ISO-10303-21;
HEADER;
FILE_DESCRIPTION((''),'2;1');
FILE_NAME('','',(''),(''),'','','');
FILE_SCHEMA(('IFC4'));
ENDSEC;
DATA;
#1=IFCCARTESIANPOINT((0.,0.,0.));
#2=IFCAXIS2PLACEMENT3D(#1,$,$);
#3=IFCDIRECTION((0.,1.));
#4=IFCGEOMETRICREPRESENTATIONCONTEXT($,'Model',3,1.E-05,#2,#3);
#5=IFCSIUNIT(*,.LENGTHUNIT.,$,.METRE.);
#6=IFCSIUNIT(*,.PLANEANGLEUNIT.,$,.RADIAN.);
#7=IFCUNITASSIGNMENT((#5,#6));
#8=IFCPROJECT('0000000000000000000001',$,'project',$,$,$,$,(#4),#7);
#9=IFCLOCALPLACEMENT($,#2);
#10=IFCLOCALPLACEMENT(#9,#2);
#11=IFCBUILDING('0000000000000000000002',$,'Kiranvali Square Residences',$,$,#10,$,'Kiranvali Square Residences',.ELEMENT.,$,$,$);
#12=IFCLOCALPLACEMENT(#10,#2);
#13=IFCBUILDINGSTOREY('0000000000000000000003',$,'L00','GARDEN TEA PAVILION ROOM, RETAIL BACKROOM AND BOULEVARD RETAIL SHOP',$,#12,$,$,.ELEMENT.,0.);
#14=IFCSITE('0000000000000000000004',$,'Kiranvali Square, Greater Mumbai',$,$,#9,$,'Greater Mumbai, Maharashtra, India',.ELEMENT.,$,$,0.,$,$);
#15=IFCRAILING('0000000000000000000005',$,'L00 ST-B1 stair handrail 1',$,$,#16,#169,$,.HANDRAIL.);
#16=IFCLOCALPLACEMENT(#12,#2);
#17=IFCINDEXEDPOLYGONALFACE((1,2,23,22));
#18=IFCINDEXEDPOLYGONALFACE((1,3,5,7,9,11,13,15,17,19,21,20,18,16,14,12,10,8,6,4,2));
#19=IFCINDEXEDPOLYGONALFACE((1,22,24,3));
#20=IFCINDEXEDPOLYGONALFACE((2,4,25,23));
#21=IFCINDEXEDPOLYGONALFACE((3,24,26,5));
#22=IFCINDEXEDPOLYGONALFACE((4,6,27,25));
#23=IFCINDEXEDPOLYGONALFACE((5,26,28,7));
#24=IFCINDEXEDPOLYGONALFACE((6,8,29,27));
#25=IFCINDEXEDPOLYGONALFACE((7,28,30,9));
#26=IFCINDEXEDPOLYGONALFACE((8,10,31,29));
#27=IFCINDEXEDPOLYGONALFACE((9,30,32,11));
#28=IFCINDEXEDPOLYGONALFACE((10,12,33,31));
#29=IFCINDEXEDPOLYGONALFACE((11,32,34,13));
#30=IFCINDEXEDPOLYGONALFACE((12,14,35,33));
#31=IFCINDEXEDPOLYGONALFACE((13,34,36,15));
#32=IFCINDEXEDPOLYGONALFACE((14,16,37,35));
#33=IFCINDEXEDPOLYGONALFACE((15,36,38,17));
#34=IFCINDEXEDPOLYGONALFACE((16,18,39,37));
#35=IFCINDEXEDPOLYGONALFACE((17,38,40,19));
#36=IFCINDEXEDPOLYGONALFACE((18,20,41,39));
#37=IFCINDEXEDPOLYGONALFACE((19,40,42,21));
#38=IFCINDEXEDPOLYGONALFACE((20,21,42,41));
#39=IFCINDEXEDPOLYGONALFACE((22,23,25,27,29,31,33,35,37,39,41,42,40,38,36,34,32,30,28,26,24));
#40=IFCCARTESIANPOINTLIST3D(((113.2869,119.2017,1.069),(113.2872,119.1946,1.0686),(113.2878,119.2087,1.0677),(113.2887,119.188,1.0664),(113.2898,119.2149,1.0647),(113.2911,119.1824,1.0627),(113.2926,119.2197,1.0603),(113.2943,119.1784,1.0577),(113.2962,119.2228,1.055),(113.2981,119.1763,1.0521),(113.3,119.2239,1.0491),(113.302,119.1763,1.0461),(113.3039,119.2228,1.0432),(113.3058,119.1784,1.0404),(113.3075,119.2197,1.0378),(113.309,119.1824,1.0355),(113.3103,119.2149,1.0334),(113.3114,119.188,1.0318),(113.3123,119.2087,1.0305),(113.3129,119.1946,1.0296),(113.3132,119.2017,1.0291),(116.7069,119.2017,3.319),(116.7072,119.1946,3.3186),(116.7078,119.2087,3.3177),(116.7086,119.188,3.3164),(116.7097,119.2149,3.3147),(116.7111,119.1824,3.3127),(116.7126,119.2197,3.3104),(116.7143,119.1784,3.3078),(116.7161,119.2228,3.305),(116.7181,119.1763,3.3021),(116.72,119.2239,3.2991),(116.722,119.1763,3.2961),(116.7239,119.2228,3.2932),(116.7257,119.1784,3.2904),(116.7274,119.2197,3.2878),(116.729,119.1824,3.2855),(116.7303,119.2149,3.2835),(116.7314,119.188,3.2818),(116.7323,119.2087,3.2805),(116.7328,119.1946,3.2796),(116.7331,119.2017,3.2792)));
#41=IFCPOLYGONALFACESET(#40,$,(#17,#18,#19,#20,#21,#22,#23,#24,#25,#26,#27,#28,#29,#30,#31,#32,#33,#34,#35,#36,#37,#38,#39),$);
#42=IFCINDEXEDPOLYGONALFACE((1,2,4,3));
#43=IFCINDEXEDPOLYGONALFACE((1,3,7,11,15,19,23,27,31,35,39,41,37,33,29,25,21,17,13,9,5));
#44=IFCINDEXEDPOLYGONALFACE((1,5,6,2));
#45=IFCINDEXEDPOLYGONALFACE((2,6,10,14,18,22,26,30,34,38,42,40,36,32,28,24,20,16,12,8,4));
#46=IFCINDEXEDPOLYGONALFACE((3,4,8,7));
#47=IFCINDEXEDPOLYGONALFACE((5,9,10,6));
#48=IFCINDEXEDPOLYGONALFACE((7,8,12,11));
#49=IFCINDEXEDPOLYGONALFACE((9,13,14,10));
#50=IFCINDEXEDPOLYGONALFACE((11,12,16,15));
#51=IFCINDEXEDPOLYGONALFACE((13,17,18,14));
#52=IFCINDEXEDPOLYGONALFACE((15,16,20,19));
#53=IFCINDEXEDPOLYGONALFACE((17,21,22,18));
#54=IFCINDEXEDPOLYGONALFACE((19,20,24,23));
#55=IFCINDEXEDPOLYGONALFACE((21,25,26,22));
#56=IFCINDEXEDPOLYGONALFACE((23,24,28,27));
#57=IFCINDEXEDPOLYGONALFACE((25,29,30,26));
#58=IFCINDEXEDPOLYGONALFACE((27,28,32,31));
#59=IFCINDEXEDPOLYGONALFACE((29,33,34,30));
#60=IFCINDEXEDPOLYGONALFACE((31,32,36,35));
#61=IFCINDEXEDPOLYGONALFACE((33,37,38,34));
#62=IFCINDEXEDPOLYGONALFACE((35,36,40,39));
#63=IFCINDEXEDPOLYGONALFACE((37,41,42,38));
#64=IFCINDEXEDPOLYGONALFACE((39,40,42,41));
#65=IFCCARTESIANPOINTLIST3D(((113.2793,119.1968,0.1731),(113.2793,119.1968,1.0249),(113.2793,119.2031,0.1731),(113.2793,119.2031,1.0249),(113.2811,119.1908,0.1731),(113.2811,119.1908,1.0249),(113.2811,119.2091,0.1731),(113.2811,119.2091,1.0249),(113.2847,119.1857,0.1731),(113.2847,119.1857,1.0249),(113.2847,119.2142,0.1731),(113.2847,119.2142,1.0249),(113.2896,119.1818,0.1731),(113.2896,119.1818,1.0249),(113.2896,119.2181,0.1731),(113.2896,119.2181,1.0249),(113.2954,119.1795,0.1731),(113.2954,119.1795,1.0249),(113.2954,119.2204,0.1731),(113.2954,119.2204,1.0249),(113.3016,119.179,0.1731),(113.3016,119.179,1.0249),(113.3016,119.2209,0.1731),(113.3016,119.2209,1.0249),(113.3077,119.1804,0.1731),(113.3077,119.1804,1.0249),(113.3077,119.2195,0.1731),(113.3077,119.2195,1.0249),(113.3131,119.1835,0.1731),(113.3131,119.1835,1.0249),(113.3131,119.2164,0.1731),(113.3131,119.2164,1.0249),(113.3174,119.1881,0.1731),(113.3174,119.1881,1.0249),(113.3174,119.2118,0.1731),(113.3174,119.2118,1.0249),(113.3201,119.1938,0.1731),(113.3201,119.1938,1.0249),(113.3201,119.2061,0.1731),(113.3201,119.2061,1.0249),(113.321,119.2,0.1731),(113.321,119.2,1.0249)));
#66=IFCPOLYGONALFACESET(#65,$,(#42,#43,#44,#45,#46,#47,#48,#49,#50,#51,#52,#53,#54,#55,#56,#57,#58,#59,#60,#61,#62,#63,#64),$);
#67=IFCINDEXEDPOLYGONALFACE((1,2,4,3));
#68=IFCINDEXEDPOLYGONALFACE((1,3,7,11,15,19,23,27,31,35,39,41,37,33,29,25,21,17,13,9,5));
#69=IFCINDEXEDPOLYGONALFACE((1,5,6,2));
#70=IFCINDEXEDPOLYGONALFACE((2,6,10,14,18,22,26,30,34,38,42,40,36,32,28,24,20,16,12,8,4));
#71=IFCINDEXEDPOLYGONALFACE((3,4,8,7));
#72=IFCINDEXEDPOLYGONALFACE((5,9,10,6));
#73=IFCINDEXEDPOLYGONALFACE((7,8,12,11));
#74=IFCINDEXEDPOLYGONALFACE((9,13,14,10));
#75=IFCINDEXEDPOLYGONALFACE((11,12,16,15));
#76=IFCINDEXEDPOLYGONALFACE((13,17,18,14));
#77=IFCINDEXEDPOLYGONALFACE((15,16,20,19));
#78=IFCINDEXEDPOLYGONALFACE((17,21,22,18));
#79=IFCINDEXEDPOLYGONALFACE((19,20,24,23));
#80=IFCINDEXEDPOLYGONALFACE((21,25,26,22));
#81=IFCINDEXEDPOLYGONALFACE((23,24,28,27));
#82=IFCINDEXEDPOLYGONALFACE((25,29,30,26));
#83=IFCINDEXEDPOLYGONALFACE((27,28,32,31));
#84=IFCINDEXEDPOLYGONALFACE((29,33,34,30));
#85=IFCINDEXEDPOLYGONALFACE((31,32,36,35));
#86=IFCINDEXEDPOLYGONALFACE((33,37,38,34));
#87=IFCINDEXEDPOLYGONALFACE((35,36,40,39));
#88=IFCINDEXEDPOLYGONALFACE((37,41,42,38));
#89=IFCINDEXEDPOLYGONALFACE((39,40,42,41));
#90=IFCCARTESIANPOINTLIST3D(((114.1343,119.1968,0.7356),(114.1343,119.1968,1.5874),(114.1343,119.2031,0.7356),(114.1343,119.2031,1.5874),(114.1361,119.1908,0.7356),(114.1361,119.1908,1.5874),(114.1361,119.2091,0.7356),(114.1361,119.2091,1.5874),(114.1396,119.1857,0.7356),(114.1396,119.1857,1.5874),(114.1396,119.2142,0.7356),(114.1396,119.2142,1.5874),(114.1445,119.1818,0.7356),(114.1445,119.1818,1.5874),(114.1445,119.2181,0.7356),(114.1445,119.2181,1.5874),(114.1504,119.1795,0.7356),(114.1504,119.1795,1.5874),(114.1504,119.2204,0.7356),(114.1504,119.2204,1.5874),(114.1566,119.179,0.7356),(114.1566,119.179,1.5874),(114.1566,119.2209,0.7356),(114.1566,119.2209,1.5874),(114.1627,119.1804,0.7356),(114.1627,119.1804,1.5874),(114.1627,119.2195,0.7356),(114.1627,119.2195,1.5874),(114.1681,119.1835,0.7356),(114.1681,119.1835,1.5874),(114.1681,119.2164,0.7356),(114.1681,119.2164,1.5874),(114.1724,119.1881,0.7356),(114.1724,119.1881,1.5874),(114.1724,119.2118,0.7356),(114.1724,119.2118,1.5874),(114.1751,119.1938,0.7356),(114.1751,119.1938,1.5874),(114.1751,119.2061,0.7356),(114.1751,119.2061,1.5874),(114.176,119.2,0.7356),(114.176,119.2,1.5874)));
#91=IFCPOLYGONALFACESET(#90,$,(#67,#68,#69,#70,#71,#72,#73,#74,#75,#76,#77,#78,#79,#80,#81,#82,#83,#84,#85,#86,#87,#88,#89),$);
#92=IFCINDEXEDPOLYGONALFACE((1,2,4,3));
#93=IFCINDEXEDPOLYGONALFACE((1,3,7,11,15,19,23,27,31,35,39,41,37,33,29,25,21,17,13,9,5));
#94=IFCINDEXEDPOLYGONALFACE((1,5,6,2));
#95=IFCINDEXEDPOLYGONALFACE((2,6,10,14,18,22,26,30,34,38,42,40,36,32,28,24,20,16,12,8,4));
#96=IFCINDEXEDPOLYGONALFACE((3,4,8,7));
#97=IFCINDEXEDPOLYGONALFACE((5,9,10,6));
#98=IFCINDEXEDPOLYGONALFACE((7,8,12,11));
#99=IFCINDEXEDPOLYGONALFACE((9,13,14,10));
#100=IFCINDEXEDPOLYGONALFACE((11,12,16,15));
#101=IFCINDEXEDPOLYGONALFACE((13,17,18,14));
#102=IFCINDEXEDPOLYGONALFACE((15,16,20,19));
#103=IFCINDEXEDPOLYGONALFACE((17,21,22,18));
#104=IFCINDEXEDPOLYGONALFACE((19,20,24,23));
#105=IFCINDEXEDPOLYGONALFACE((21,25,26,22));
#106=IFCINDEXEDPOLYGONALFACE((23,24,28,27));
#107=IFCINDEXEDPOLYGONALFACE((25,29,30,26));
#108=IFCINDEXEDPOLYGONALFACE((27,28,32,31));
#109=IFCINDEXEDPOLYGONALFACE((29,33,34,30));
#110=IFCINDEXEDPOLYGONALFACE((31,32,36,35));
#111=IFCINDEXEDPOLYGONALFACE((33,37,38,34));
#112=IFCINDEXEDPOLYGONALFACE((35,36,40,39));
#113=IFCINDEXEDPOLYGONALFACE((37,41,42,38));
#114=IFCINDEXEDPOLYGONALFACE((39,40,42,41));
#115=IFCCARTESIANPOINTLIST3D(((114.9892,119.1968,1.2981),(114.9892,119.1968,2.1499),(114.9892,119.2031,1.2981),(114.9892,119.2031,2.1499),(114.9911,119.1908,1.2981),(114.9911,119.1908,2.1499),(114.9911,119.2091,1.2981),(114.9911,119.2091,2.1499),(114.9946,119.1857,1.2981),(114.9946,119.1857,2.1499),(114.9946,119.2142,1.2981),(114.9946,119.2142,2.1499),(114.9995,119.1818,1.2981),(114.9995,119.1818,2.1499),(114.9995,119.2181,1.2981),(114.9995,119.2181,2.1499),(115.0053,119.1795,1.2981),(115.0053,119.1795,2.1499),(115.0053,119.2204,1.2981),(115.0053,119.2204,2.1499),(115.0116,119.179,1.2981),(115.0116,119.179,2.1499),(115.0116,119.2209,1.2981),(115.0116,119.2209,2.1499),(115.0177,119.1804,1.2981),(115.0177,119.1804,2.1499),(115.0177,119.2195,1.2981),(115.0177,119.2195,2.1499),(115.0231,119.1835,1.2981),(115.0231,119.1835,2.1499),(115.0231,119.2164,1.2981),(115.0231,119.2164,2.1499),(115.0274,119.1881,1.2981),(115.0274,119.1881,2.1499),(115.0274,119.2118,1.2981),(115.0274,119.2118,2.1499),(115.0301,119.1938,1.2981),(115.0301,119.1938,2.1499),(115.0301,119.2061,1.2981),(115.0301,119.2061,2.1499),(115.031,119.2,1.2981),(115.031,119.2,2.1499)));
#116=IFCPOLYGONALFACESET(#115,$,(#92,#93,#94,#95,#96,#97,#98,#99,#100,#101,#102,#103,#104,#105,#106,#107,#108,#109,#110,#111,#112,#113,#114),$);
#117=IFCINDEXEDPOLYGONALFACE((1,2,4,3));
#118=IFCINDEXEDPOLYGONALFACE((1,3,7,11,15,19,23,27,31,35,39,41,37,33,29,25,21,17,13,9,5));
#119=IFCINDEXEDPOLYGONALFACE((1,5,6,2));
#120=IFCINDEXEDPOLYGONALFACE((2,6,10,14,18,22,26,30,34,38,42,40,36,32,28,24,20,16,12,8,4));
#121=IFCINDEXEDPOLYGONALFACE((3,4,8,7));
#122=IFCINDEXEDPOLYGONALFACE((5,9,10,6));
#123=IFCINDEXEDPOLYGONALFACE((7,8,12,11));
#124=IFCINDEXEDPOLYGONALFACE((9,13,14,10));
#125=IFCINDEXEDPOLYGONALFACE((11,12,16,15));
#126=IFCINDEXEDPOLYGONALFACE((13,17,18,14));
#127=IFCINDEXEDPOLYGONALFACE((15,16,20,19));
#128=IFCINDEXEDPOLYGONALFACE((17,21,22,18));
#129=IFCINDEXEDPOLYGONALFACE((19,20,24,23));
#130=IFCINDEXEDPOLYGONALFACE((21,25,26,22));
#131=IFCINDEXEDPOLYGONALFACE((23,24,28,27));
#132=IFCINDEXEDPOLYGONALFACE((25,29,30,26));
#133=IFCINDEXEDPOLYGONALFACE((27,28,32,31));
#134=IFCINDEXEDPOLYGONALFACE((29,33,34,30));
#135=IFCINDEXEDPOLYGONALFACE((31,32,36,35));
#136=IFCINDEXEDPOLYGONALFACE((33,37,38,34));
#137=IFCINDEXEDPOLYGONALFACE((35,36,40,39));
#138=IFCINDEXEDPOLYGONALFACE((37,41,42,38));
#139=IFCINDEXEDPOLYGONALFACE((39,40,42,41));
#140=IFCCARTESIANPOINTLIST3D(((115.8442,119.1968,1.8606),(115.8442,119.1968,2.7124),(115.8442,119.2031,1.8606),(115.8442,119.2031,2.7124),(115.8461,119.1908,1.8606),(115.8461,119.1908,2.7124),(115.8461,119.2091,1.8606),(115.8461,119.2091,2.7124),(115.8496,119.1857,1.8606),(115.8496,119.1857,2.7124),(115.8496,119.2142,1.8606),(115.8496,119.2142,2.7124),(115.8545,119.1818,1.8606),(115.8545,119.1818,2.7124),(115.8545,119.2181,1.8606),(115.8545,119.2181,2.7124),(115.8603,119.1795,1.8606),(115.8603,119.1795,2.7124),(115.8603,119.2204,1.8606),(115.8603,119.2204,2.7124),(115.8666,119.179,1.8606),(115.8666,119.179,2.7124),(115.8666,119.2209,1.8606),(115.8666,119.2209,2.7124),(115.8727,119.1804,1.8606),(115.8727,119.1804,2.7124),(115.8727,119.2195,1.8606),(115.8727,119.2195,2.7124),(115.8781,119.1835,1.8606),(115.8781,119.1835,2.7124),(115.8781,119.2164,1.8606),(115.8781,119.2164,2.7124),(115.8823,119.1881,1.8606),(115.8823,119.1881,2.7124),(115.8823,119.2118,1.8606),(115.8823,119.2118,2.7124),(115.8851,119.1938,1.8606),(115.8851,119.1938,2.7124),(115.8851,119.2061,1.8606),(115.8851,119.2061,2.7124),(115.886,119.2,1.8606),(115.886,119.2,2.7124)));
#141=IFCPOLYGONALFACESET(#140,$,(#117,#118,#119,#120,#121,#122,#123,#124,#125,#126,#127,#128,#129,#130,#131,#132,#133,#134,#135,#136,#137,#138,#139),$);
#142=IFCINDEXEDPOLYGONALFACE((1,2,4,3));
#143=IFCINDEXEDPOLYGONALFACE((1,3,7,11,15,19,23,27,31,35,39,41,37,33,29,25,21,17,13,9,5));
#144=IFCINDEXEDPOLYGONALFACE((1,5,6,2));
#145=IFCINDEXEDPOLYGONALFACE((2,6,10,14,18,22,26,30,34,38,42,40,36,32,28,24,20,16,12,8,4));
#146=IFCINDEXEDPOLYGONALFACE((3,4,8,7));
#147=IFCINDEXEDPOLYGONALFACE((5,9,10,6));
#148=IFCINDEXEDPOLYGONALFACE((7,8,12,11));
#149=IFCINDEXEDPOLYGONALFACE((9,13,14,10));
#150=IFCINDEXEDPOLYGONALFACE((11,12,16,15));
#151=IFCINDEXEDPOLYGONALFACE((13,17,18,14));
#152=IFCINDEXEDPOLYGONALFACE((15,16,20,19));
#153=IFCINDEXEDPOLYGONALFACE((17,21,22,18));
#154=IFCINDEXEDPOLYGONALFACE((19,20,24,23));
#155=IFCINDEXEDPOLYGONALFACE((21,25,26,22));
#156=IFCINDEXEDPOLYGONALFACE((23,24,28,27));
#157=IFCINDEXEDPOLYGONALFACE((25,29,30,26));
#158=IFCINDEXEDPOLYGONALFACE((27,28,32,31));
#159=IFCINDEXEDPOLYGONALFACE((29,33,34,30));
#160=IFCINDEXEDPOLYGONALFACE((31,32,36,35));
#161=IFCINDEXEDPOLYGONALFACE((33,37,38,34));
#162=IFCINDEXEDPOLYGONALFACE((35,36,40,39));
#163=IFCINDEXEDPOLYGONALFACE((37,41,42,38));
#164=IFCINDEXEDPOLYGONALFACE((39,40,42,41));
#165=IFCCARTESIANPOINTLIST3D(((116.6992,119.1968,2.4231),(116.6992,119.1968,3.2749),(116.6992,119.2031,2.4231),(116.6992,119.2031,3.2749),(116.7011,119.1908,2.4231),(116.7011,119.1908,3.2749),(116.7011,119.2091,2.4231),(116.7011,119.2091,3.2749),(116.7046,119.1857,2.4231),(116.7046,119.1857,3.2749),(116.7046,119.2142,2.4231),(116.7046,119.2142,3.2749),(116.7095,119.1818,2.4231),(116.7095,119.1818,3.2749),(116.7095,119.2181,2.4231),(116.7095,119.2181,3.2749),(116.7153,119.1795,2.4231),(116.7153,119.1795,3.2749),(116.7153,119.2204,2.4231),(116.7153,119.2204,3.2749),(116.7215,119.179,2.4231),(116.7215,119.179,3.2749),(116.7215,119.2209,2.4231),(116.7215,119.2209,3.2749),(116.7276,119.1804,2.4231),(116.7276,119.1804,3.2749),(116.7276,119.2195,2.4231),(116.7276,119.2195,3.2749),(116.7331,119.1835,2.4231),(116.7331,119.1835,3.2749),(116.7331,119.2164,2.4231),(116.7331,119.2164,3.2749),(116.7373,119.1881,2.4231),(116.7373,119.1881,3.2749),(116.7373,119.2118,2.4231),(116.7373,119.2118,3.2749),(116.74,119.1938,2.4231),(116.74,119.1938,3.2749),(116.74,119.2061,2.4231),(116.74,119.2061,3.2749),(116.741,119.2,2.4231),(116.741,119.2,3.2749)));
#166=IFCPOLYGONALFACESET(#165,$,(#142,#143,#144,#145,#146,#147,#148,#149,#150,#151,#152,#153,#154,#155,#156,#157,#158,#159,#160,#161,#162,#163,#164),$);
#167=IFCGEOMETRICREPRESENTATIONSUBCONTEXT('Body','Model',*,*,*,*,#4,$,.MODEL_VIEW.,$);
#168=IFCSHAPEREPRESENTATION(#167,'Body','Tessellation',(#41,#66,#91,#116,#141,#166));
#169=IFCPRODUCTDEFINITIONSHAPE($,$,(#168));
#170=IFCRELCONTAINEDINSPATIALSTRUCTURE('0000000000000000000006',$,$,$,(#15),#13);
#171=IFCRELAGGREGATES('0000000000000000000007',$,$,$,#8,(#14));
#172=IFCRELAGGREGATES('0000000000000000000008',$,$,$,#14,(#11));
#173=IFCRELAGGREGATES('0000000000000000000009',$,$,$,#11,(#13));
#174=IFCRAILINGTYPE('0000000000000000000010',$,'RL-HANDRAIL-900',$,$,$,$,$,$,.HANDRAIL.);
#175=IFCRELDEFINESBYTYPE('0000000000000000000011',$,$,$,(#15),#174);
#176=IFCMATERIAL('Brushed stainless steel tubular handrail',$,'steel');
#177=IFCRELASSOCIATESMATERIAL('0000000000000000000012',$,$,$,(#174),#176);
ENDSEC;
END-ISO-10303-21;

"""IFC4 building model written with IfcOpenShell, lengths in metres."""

from ifc_helpers import new_model, si_unit, direction, frame, origin, origin_2d, place, context, subcontext, project, spatial, circle, extrude, material, type_object, element, save


model = new_model("IFC4")

# Units and contexts
model_context = context("Model", 3, precision=1e-05, world=origin(), true_north=direction((0.0, 1.0)))
body_context = subcontext(model_context, "Body", "Model", "MODEL_VIEW")
ifc_project = project(units=[si_unit("LENGTHUNIT", "METRE"), si_unit("PLANEANGLEUNIT", "RADIAN")], contexts=[model_context])

# Site, building, storey
site_placement = place(None, origin())
site = spatial("IfcSite", under=ifc_project, at=site_placement, Name="Kiranvali Square, Greater Mumbai", LongName="Greater Mumbai, Maharashtra, India", CompositionType="ELEMENT", RefElevation=0.0)
building_placement = place(site_placement, origin())
building = spatial("IfcBuilding", under=site, at=building_placement, Name="Kiranvali Square Residences", LongName="Kiranvali Square Residences", CompositionType="ELEMENT")
storey_placement = place(building_placement, origin())
storey = spatial("IfcBuildingStorey", under=building, at=storey_placement, Name="L00", Description="GARDEN TEA PAVILION ROOM, RETAIL BACKROOM AND BOULEVARD RETAIL SHOP", CompositionType="ELEMENT", Elevation=0.0)

# Railing
ifc_material_1 = material(Name="Brushed stainless steel tubular handrail", Category="steel")
railing_type_1 = type_object("IfcRailingType", Name="RL-HANDRAIL-900", PredefinedType="HANDRAIL", material=ifc_material_1)
railing_1_placement = place(storey_placement, frame((113.3, 119.2, 0.1731)))
element("IfcRailing", 1, at=railing_1_placement, inside=storey, type_object=railing_type_1, Name="L00 ST-B1 stair handrail 1", PredefinedType="HANDRAIL", context=body_context, shape_type="SweptSolid", body=[
    extrude(circle(Radius=0.0239, at=origin_2d()), frame((0.0, 0.0, 0.876), z_axis=(0.835411, 0.0, 0.549625), x_axis=(0.0, 1.0, 0.0)), (0.0, 0.0, 1.0), 4.0938),
    extrude(circle(Radius=0.021, at=origin_2d()), origin(), (0.0, 0.0, 1.0), 0.8518),
    extrude(circle(Radius=0.021, at=origin_2d()), frame((0.855, 0.0, 0.5625)), (0.0, 0.0, 1.0), 0.8518),
    extrude(circle(Radius=0.021, at=origin_2d()), frame((1.71, 0.0, 1.125)), (0.0, 0.0, 1.0), 0.8518),
    extrude(circle(Radius=0.021, at=origin_2d()), frame((2.5649, 0.0, 1.6875)), (0.0, 0.0, 1.0), 0.8518),
    extrude(circle(Radius=0.021, at=origin_2d()), frame((3.4199, 0.0, 2.25)), (0.0, 0.0, 1.0), 0.8518),
])

save(model, "model.ifc")
